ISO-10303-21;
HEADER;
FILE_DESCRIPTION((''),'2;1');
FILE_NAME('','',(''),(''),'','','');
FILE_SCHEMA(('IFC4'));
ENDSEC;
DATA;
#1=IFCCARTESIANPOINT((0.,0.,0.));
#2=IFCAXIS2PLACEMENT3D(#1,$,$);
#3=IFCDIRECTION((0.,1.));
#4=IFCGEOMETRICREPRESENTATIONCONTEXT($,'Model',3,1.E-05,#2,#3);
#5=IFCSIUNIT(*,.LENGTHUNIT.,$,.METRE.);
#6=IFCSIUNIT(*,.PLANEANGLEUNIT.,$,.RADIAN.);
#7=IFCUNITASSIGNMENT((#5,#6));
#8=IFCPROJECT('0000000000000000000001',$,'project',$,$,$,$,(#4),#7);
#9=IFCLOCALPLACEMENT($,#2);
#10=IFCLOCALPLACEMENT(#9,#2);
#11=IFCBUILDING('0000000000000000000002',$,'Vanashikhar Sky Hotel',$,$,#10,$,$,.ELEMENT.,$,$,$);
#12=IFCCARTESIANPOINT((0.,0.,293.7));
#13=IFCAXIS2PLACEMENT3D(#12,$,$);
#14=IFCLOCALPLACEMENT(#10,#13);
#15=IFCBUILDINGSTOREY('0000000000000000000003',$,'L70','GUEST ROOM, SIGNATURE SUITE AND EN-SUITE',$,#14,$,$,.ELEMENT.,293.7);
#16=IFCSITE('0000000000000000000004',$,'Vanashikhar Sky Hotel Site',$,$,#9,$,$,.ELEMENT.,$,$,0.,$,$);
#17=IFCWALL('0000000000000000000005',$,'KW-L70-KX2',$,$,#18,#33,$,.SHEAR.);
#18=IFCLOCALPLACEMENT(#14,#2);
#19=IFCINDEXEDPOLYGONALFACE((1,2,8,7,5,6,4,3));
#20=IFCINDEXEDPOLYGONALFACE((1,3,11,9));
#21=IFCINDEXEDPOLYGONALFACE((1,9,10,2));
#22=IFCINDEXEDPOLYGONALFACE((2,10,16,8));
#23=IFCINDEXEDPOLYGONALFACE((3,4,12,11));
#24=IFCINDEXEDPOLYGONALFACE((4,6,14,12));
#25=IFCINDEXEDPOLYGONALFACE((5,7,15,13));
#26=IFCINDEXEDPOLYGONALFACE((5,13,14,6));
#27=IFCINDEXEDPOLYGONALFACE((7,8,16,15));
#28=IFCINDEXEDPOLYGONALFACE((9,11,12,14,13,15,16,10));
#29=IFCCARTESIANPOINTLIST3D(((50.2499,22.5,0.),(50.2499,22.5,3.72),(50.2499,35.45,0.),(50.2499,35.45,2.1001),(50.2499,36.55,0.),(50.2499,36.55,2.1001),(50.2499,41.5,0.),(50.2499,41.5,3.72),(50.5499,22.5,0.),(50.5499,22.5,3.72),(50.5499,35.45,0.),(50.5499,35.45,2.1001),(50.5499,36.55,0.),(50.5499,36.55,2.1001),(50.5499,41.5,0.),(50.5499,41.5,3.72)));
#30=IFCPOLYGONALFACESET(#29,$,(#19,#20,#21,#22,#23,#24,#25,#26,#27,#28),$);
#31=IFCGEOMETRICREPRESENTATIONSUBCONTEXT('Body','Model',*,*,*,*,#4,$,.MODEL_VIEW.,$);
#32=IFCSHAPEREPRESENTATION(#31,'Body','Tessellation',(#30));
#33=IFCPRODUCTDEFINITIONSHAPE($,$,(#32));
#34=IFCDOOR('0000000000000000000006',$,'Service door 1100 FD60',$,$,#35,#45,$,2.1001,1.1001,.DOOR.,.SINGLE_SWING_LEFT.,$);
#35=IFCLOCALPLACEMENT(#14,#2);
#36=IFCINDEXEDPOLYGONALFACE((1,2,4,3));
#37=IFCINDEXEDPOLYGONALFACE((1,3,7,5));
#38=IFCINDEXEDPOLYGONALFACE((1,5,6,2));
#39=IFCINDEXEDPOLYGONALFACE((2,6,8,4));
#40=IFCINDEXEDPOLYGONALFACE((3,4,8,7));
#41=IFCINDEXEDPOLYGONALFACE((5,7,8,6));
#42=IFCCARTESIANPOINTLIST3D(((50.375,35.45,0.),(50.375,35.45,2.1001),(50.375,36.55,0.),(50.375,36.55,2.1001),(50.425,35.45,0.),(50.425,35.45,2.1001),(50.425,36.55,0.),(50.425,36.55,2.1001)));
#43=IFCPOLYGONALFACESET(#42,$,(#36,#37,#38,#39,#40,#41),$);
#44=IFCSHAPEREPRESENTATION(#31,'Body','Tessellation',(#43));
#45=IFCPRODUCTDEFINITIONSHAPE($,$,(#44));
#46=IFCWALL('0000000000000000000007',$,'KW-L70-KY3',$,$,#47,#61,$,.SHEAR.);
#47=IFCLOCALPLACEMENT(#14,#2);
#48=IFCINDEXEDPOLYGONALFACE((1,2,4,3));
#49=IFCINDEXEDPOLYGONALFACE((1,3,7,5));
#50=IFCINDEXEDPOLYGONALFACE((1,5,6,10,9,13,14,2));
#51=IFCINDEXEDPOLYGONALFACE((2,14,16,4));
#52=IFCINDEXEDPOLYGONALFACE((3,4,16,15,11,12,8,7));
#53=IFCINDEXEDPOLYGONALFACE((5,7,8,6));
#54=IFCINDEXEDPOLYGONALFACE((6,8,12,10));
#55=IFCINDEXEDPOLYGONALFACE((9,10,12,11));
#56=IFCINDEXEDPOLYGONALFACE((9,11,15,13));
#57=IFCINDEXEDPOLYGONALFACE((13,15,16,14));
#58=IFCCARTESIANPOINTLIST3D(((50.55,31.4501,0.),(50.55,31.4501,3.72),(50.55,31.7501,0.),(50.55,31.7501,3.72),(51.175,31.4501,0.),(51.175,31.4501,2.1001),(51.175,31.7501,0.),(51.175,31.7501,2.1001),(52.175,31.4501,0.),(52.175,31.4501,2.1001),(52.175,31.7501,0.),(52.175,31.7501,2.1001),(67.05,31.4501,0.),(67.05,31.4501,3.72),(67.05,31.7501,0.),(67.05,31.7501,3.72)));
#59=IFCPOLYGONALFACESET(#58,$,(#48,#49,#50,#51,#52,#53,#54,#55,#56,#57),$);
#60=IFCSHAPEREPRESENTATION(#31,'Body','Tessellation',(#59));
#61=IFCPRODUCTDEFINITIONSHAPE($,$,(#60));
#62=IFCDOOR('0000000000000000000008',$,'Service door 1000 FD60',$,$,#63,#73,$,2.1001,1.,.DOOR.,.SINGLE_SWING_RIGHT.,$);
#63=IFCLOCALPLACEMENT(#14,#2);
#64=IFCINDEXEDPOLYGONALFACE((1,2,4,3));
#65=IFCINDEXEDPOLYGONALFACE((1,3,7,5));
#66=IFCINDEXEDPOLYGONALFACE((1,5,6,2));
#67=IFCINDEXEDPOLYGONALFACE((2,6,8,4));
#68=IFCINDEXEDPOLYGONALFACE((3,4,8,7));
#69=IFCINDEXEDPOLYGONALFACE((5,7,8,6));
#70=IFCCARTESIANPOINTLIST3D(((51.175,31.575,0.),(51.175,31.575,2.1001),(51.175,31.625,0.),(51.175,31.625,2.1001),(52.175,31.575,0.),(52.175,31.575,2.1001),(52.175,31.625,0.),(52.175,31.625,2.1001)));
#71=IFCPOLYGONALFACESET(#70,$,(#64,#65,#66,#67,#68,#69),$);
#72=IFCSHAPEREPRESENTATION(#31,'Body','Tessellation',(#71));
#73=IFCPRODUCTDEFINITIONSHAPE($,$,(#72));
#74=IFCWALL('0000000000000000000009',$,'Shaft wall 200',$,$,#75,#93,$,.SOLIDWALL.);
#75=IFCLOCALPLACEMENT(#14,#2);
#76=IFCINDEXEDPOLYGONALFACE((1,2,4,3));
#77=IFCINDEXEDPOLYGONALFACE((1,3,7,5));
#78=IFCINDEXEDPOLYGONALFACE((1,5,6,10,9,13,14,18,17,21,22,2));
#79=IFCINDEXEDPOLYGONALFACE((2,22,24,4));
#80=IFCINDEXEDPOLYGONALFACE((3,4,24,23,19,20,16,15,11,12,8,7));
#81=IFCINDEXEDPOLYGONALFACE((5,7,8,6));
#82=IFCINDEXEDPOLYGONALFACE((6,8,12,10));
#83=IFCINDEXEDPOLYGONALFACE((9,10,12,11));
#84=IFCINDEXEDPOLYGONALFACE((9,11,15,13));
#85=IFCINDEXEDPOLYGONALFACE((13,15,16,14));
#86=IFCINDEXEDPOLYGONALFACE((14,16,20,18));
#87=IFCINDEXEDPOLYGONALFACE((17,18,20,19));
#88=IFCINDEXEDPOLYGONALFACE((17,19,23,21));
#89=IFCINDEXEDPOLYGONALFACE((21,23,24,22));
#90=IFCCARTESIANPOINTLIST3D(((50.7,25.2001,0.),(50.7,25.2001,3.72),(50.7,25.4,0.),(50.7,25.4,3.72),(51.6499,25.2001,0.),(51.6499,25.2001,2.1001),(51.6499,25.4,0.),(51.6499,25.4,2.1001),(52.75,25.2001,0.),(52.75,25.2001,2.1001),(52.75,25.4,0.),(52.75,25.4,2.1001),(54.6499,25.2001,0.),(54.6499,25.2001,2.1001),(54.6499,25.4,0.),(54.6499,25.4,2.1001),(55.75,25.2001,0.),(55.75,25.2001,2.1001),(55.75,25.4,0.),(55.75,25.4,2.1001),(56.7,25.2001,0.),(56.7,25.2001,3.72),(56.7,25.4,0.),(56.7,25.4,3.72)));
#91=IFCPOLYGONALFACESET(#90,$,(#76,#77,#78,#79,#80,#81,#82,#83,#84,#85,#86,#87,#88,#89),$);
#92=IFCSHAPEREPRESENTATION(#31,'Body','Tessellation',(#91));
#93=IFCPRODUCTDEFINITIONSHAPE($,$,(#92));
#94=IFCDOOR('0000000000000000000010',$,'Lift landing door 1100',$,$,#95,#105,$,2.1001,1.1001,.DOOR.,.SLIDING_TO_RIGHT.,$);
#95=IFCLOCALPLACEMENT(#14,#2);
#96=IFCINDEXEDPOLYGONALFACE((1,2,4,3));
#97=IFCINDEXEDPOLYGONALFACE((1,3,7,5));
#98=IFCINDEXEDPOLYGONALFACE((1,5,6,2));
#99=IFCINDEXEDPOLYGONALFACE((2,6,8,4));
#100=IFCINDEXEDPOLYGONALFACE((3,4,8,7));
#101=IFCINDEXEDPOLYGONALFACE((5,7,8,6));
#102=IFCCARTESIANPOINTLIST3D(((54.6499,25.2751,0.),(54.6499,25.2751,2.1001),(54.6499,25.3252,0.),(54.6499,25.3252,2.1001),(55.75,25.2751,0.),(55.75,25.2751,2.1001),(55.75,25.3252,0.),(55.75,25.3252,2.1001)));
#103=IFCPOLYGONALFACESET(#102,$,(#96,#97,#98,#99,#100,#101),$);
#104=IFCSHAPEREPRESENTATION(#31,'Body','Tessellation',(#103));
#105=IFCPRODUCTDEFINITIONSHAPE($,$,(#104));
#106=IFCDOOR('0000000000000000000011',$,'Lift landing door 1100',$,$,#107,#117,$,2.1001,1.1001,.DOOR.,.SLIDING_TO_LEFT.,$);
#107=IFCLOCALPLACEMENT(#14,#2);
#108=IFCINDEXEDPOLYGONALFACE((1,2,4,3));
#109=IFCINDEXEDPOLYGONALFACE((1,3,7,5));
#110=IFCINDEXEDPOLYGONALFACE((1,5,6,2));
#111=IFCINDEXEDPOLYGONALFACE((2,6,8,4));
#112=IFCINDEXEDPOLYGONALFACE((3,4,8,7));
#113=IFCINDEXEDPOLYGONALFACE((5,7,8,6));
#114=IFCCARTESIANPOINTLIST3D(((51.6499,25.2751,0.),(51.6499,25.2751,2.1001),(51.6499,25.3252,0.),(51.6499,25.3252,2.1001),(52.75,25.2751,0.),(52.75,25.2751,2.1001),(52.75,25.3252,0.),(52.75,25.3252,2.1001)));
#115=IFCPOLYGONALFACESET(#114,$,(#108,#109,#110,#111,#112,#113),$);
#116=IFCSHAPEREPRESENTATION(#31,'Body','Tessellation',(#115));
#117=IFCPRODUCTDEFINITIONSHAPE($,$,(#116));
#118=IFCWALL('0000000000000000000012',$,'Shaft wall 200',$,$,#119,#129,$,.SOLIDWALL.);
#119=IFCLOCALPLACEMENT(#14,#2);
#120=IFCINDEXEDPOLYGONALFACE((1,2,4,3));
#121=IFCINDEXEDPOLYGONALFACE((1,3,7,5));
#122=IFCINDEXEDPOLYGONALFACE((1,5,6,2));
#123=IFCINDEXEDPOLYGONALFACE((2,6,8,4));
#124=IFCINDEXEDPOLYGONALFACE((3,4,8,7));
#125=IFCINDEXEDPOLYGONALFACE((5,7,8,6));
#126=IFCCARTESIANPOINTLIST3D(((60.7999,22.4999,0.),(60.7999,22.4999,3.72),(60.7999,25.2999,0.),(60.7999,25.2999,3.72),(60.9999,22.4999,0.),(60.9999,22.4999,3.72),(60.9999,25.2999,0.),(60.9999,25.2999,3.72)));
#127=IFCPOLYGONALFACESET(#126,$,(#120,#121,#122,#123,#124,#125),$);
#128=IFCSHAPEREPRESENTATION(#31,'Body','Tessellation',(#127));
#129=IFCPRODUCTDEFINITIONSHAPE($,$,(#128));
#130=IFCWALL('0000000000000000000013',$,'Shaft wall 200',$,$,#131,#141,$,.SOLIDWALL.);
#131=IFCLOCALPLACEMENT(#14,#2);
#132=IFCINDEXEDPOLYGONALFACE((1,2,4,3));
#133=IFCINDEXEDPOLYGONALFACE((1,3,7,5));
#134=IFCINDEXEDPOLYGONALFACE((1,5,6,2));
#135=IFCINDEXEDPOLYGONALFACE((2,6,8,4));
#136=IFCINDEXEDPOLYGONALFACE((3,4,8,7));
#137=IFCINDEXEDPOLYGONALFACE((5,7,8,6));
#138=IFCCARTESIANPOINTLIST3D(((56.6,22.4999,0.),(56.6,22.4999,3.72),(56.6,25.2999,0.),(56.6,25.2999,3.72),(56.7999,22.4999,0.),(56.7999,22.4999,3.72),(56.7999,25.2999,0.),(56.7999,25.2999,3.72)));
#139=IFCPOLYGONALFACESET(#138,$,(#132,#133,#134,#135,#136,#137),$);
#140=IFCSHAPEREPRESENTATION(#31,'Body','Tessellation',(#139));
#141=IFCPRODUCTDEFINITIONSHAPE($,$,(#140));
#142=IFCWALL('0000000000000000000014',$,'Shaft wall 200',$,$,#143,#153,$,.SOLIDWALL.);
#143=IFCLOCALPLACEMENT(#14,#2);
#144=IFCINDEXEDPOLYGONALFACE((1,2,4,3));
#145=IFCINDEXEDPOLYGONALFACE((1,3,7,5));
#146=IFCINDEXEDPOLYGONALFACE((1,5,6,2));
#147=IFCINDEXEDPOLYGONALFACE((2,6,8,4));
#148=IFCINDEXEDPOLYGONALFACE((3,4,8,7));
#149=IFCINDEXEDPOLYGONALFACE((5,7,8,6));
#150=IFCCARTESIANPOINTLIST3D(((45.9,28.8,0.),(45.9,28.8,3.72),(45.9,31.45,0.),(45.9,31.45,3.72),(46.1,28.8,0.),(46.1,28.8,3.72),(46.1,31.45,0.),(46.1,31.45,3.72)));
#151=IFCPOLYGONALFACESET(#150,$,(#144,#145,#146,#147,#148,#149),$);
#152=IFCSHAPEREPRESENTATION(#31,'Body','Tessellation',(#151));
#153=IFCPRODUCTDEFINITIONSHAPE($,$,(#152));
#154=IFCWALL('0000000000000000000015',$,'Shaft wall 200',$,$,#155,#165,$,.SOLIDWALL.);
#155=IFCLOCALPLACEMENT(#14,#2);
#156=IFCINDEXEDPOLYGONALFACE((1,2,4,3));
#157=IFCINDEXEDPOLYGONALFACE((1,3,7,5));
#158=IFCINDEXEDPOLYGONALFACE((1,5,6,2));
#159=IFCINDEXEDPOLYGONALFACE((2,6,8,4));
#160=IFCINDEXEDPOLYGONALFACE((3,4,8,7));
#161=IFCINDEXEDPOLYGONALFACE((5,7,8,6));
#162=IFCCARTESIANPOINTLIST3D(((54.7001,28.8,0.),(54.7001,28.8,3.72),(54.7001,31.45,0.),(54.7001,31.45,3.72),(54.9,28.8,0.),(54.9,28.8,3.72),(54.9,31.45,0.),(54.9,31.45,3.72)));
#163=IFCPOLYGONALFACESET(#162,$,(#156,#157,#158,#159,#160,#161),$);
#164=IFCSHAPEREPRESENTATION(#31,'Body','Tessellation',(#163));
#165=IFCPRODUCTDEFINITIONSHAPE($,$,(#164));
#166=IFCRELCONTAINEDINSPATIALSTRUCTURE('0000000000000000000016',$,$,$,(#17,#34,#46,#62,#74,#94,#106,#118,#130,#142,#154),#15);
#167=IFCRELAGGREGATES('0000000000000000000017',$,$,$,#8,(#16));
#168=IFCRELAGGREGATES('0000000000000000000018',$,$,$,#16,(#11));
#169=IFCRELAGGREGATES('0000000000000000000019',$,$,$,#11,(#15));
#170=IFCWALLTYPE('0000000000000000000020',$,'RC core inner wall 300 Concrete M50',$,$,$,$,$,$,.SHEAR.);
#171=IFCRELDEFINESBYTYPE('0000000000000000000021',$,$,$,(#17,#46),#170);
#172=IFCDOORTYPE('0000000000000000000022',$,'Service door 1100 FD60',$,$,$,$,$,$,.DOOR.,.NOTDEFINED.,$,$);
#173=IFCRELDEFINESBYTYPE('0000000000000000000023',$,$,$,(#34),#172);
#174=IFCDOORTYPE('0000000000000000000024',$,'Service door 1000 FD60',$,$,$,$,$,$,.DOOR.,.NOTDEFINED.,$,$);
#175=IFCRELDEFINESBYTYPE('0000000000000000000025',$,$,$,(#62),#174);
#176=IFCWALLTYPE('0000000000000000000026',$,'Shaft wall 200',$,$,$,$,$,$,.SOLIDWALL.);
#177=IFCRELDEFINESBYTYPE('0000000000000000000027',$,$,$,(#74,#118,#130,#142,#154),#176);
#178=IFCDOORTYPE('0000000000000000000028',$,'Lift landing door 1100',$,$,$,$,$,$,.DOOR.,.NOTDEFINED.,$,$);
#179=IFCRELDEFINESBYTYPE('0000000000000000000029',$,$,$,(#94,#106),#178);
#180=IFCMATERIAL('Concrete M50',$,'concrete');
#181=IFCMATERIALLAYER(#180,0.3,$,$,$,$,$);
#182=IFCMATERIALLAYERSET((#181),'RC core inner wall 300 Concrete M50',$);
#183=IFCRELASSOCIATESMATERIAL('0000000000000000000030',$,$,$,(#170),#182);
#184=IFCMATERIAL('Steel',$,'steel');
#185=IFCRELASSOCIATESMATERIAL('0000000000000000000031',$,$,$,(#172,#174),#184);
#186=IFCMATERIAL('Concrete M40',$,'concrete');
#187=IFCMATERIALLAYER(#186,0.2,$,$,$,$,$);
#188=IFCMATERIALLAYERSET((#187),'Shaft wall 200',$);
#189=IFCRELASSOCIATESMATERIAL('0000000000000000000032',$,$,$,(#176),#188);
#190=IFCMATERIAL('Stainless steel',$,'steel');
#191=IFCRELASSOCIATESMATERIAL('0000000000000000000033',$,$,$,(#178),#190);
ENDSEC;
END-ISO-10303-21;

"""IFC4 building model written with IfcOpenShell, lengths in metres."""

from ifc_helpers import new_model, si_unit, direction, frame, frame_2d, origin, place, context, subcontext, project, spatial, rectangle, extrude, source, transform, mapped, material, layer, layer_set, type_object, element, fill, save


model = new_model("IFC4")

# Units and contexts
model_context = context("Model", 3, precision=1e-05, world=origin(), true_north=direction((0.0, 1.0)))
body_context = subcontext(model_context, "Body", "Model", "MODEL_VIEW")
ifc_project = project(units=[si_unit("LENGTHUNIT", "METRE"), si_unit("PLANEANGLEUNIT", "RADIAN")], contexts=[model_context])

# Site, building, storey
site_placement = place(None, origin())
site = spatial("IfcSite", under=ifc_project, at=site_placement, Name="Vanashikhar Sky Hotel Site", CompositionType="ELEMENT", RefElevation=0.0)
building_placement = place(site_placement, origin())
building = spatial("IfcBuilding", under=site, at=building_placement, Name="Vanashikhar Sky Hotel", CompositionType="ELEMENT")
storey_placement = place(building_placement, frame((0.0, 0.0, 293.7)))
storey = spatial("IfcBuildingStorey", under=building, at=storey_placement, Name="L70", Description="GUEST ROOM, SIGNATURE SUITE AND EN-SUITE", CompositionType="ELEMENT", Elevation=293.7)

# Walls, openings, doors
ifc_material_1 = material(Name="Concrete M50", Category="concrete")
ifc_layer_1 = layer(ifc_material_1, 0.3)
ifc_layer_set_1 = layer_set([ifc_layer_1], Name="RC core inner wall 300 Concrete M50")
wall_type_1 = type_object("IfcWallType", Name="RC core inner wall 300 Concrete M50", PredefinedType="SHEAR", material=ifc_layer_set_1)
shared_shape_1 = source(origin(), body_context, "Body", "SweptSolid", [
    extrude(rectangle(XDim=19.0, YDim=0.3, at=frame_2d((9.5, 0.0))), origin(), (0.0, 0.0, 1.0), 3.72),
])
wall_1_placement = place(storey_placement, frame((50.3999, 22.5, 0.0), z_axis=(0.0, 0.0, 1.0), x_axis=(0.0, 1.0, 0.0)))
wall_1 = element("IfcWall", 1, at=wall_1_placement, inside=storey, type_object=wall_type_1, Name="KW-L70-KX2", PredefinedType="SHEAR", context=body_context, shape_type="MappedRepresentation", body=[
    mapped(shared_shape_1, transform((0.0, 0.0, 0.0), scale=1.0)),
])
shared_shape_2 = source(origin(), body_context, "Body", "SweptSolid", [
    extrude(rectangle(XDim=1.1001, YDim=2.1001, at=frame_2d((0.55, 1.05))), frame((0.0, 0.1602, 0.0), z_axis=(0.0, -1.0, 0.0), x_axis=(1.0, 0.0, 0.0)), (0.0, 0.0, 1.0), 0.3201),
])
opening_1_placement = place(wall_1_placement, frame((12.95, 0.0, 0.0)))
opening_1 = element("IfcOpeningElement", 2, at=opening_1_placement, cuts=wall_1, PredefinedType="OPENING", context=body_context, shape_type="MappedRepresentation", body=[
    mapped(shared_shape_2, transform((0.0, 0.0, 0.0), scale=1.0)),
])
ifc_material_2 = material(Name="Steel", Category="steel")
door_type_1 = type_object("IfcDoorType", Name="Service door 1100 FD60", OperationType="NOTDEFINED", PredefinedType="DOOR", material=ifc_material_2)
shared_shape_3 = source(origin(), body_context, "Body", "SweptSolid", [
    extrude(rectangle(XDim=1.1001, YDim=2.1001, at=frame_2d((0.55, 1.05))), frame((0.0, 0.0249, 0.0), z_axis=(0.0, -1.0, 0.0), x_axis=(1.0, 0.0, 0.0)), (0.0, 0.0, 1.0), 0.05),
])
door_1_placement = place(opening_1_placement, origin())
door_1 = element("IfcDoor", 3, at=door_1_placement, inside=storey, type_object=door_type_1, Name="Service door 1100 FD60", OperationType="SINGLE_SWING_LEFT", OverallHeight=2.1001, OverallWidth=1.1001, PredefinedType="DOOR", context=body_context, shape_type="MappedRepresentation", body=[
    mapped(shared_shape_3, transform((0.0, 0.0, 0.0), scale=1.0)),
])
fill(opening_1, door_1)
shared_shape_4 = source(origin(), body_context, "Body", "SweptSolid", [
    extrude(rectangle(XDim=16.5, YDim=0.3, at=frame_2d((8.25, 0.0))), origin(), (0.0, 0.0, 1.0), 3.72),
])
wall_2_placement = place(storey_placement, frame((50.55, 31.6001, 0.0), z_axis=(0.0, 0.0, 1.0), x_axis=(1.0, 0.0, 0.0)))
wall_2 = element("IfcWall", 4, at=wall_2_placement, inside=storey, type_object=wall_type_1, Name="KW-L70-KY3", PredefinedType="SHEAR", context=body_context, shape_type="MappedRepresentation", body=[
    mapped(shared_shape_4, transform((0.0, 0.0, 0.0), scale=1.0)),
])
shared_shape_5 = source(origin(), body_context, "Body", "SweptSolid", [
    extrude(rectangle(XDim=1.0, YDim=2.1001, at=frame_2d((0.5, 1.05))), frame((0.0, 0.1602, 0.0), z_axis=(0.0, -1.0, 0.0), x_axis=(1.0, 0.0, 0.0)), (0.0, 0.0, 1.0), 0.3201),
])
opening_2_placement = place(wall_2_placement, frame((0.625, 0.0, 0.0)))
opening_2 = element("IfcOpeningElement", 5, at=opening_2_placement, cuts=wall_2, PredefinedType="OPENING", context=body_context, shape_type="MappedRepresentation", body=[
    mapped(shared_shape_5, transform((0.0, 0.0, 0.0), scale=1.0)),
])
door_type_2 = type_object("IfcDoorType", Name="Service door 1000 FD60", OperationType="NOTDEFINED", PredefinedType="DOOR", material=ifc_material_2)
shared_shape_6 = source(origin(), body_context, "Body", "SweptSolid", [
    extrude(rectangle(XDim=1.0, YDim=2.1001, at=frame_2d((0.5, 1.05))), frame((0.0, 0.0249, 0.0), z_axis=(0.0, -1.0, 0.0), x_axis=(1.0, 0.0, 0.0)), (0.0, 0.0, 1.0), 0.05),
])
door_2_placement = place(opening_2_placement, origin())
door_2 = element("IfcDoor", 6, at=door_2_placement, inside=storey, type_object=door_type_2, Name="Service door 1000 FD60", OperationType="SINGLE_SWING_RIGHT", OverallHeight=2.1001, OverallWidth=1.0, PredefinedType="DOOR", context=body_context, shape_type="MappedRepresentation", body=[
    mapped(shared_shape_6, transform((0.0, 0.0, 0.0), scale=1.0)),
])
fill(opening_2, door_2)

# Wall, openings, doors
ifc_material_3 = material(Name="Concrete M40", Category="concrete")
ifc_layer_2 = layer(ifc_material_3, 0.2)
ifc_layer_set_2 = layer_set([ifc_layer_2], Name="Shaft wall 200")
wall_type_2 = type_object("IfcWallType", Name="Shaft wall 200", PredefinedType="SOLIDWALL", material=ifc_layer_set_2)
shared_shape_7 = source(origin(), body_context, "Body", "SweptSolid", [
    extrude(rectangle(XDim=6.0, YDim=0.2, at=frame_2d((3.0, 0.0))), origin(), (0.0, 0.0, 1.0), 3.72),
])
wall_3_placement = place(storey_placement, frame((56.7, 25.3, 0.0), z_axis=(0.0, 0.0, 1.0), x_axis=(-1.0, 0.0, 0.0)))
wall_3 = element("IfcWall", 7, at=wall_3_placement, inside=storey, type_object=wall_type_2, Name="Shaft wall 200", PredefinedType="SOLIDWALL", context=body_context, shape_type="MappedRepresentation", body=[
    mapped(shared_shape_7, transform((0.0, 0.0, 0.0), scale=1.0)),
])
shared_shape_8 = source(origin(), body_context, "Body", "SweptSolid", [
    extrude(rectangle(XDim=1.1001, YDim=2.1001, at=frame_2d((0.55, 1.05))), frame((0.0, 0.1099, 0.0), z_axis=(0.0, -1.0, 0.0), x_axis=(1.0, 0.0, 0.0)), (0.0, 0.0, 1.0), 0.22),
])
opening_3_placement = place(wall_3_placement, frame((0.95, 0.0, 0.0)))
opening_3 = element("IfcOpeningElement", 8, at=opening_3_placement, cuts=wall_3, PredefinedType="OPENING", context=body_context, shape_type="MappedRepresentation", body=[
    mapped(shared_shape_8, transform((0.0, 0.0, 0.0), scale=1.0)),
])
opening_4_placement = place(wall_3_placement, frame((3.95, 0.0, 0.0)))
opening_4 = element("IfcOpeningElement", 9, at=opening_4_placement, cuts=wall_3, PredefinedType="OPENING", context=body_context, shape_type="MappedRepresentation", body=[
    mapped(shared_shape_8, transform((0.0, 0.0, 0.0), scale=1.0)),
])
ifc_material_4 = material(Name="Stainless steel", Category="steel")
door_type_3 = type_object("IfcDoorType", Name="Lift landing door 1100", OperationType="NOTDEFINED", PredefinedType="DOOR", material=ifc_material_4)
door_3_placement = place(opening_3_placement, origin())
door_3 = element("IfcDoor", 10, at=door_3_placement, inside=storey, type_object=door_type_3, Name="Lift landing door 1100", OperationType="SLIDING_TO_RIGHT", OverallHeight=2.1001, OverallWidth=1.1001, PredefinedType="DOOR", context=body_context, shape_type="MappedRepresentation", body=[
    mapped(shared_shape_3, transform((0.0, 0.0, 0.0), scale=1.0)),
])
fill(opening_3, door_3)
door_4_placement = place(opening_4_placement, origin())
door_4 = element("IfcDoor", 11, at=door_4_placement, inside=storey, type_object=door_type_3, Name="Lift landing door 1100", OperationType="SLIDING_TO_LEFT", OverallHeight=2.1001, OverallWidth=1.1001, PredefinedType="DOOR", context=body_context, shape_type="MappedRepresentation", body=[
    mapped(shared_shape_3, transform((0.0, 0.0, 0.0), scale=1.0)),
])
fill(opening_4, door_4)

# Walls
shared_shape_9 = source(origin(), body_context, "Body", "SweptSolid", [
    extrude(rectangle(XDim=2.8, YDim=0.2, at=frame_2d((1.3999, 0.0))), origin(), (0.0, 0.0, 1.0), 3.72),
])
for number, where, z_axis, x_axis, name in (
    (12, (60.8999, 22.5, 0.0), (0.0, 0.0, 1.0), (0.0, 1.0, 0.0), "Shaft wall 200"),
    (13, (56.7, 22.5, 0.0), (0.0, 0.0, 1.0), (0.0, 1.0, 0.0), "Shaft wall 200"),
):
    element("IfcWall", number, at=place(storey_placement, frame(where, z_axis=z_axis, x_axis=x_axis)), inside=storey, type_object=wall_type_2, Name=name, PredefinedType="SOLIDWALL", context=body_context, shape_type="MappedRepresentation", body=[
        mapped(shared_shape_9, transform((0.0, 0.0, 0.0), scale=1.0)),
    ])
shared_shape_10 = source(origin(), body_context, "Body", "SweptSolid", [
    extrude(rectangle(XDim=2.6499, YDim=0.2, at=frame_2d((1.325, 0.0))), origin(), (0.0, 0.0, 1.0), 3.72),
])
for number, where, z_axis, x_axis, name in (
    (14, (46.0, 28.8, 0.0), (0.0, 0.0, 1.0), (0.0, 1.0, 0.0), "Shaft wall 200"),
    (15, (54.8, 28.8, 0.0), (0.0, 0.0, 1.0), (0.0, 1.0, 0.0), "Shaft wall 200"),
):
    element("IfcWall", number, at=place(storey_placement, frame(where, z_axis=z_axis, x_axis=x_axis)), inside=storey, type_object=wall_type_2, Name=name, PredefinedType="SOLIDWALL", context=body_context, shape_type="MappedRepresentation", body=[
        mapped(shared_shape_10, transform((0.0, 0.0, 0.0), scale=1.0)),
    ])

save(model, "model.ifc")
